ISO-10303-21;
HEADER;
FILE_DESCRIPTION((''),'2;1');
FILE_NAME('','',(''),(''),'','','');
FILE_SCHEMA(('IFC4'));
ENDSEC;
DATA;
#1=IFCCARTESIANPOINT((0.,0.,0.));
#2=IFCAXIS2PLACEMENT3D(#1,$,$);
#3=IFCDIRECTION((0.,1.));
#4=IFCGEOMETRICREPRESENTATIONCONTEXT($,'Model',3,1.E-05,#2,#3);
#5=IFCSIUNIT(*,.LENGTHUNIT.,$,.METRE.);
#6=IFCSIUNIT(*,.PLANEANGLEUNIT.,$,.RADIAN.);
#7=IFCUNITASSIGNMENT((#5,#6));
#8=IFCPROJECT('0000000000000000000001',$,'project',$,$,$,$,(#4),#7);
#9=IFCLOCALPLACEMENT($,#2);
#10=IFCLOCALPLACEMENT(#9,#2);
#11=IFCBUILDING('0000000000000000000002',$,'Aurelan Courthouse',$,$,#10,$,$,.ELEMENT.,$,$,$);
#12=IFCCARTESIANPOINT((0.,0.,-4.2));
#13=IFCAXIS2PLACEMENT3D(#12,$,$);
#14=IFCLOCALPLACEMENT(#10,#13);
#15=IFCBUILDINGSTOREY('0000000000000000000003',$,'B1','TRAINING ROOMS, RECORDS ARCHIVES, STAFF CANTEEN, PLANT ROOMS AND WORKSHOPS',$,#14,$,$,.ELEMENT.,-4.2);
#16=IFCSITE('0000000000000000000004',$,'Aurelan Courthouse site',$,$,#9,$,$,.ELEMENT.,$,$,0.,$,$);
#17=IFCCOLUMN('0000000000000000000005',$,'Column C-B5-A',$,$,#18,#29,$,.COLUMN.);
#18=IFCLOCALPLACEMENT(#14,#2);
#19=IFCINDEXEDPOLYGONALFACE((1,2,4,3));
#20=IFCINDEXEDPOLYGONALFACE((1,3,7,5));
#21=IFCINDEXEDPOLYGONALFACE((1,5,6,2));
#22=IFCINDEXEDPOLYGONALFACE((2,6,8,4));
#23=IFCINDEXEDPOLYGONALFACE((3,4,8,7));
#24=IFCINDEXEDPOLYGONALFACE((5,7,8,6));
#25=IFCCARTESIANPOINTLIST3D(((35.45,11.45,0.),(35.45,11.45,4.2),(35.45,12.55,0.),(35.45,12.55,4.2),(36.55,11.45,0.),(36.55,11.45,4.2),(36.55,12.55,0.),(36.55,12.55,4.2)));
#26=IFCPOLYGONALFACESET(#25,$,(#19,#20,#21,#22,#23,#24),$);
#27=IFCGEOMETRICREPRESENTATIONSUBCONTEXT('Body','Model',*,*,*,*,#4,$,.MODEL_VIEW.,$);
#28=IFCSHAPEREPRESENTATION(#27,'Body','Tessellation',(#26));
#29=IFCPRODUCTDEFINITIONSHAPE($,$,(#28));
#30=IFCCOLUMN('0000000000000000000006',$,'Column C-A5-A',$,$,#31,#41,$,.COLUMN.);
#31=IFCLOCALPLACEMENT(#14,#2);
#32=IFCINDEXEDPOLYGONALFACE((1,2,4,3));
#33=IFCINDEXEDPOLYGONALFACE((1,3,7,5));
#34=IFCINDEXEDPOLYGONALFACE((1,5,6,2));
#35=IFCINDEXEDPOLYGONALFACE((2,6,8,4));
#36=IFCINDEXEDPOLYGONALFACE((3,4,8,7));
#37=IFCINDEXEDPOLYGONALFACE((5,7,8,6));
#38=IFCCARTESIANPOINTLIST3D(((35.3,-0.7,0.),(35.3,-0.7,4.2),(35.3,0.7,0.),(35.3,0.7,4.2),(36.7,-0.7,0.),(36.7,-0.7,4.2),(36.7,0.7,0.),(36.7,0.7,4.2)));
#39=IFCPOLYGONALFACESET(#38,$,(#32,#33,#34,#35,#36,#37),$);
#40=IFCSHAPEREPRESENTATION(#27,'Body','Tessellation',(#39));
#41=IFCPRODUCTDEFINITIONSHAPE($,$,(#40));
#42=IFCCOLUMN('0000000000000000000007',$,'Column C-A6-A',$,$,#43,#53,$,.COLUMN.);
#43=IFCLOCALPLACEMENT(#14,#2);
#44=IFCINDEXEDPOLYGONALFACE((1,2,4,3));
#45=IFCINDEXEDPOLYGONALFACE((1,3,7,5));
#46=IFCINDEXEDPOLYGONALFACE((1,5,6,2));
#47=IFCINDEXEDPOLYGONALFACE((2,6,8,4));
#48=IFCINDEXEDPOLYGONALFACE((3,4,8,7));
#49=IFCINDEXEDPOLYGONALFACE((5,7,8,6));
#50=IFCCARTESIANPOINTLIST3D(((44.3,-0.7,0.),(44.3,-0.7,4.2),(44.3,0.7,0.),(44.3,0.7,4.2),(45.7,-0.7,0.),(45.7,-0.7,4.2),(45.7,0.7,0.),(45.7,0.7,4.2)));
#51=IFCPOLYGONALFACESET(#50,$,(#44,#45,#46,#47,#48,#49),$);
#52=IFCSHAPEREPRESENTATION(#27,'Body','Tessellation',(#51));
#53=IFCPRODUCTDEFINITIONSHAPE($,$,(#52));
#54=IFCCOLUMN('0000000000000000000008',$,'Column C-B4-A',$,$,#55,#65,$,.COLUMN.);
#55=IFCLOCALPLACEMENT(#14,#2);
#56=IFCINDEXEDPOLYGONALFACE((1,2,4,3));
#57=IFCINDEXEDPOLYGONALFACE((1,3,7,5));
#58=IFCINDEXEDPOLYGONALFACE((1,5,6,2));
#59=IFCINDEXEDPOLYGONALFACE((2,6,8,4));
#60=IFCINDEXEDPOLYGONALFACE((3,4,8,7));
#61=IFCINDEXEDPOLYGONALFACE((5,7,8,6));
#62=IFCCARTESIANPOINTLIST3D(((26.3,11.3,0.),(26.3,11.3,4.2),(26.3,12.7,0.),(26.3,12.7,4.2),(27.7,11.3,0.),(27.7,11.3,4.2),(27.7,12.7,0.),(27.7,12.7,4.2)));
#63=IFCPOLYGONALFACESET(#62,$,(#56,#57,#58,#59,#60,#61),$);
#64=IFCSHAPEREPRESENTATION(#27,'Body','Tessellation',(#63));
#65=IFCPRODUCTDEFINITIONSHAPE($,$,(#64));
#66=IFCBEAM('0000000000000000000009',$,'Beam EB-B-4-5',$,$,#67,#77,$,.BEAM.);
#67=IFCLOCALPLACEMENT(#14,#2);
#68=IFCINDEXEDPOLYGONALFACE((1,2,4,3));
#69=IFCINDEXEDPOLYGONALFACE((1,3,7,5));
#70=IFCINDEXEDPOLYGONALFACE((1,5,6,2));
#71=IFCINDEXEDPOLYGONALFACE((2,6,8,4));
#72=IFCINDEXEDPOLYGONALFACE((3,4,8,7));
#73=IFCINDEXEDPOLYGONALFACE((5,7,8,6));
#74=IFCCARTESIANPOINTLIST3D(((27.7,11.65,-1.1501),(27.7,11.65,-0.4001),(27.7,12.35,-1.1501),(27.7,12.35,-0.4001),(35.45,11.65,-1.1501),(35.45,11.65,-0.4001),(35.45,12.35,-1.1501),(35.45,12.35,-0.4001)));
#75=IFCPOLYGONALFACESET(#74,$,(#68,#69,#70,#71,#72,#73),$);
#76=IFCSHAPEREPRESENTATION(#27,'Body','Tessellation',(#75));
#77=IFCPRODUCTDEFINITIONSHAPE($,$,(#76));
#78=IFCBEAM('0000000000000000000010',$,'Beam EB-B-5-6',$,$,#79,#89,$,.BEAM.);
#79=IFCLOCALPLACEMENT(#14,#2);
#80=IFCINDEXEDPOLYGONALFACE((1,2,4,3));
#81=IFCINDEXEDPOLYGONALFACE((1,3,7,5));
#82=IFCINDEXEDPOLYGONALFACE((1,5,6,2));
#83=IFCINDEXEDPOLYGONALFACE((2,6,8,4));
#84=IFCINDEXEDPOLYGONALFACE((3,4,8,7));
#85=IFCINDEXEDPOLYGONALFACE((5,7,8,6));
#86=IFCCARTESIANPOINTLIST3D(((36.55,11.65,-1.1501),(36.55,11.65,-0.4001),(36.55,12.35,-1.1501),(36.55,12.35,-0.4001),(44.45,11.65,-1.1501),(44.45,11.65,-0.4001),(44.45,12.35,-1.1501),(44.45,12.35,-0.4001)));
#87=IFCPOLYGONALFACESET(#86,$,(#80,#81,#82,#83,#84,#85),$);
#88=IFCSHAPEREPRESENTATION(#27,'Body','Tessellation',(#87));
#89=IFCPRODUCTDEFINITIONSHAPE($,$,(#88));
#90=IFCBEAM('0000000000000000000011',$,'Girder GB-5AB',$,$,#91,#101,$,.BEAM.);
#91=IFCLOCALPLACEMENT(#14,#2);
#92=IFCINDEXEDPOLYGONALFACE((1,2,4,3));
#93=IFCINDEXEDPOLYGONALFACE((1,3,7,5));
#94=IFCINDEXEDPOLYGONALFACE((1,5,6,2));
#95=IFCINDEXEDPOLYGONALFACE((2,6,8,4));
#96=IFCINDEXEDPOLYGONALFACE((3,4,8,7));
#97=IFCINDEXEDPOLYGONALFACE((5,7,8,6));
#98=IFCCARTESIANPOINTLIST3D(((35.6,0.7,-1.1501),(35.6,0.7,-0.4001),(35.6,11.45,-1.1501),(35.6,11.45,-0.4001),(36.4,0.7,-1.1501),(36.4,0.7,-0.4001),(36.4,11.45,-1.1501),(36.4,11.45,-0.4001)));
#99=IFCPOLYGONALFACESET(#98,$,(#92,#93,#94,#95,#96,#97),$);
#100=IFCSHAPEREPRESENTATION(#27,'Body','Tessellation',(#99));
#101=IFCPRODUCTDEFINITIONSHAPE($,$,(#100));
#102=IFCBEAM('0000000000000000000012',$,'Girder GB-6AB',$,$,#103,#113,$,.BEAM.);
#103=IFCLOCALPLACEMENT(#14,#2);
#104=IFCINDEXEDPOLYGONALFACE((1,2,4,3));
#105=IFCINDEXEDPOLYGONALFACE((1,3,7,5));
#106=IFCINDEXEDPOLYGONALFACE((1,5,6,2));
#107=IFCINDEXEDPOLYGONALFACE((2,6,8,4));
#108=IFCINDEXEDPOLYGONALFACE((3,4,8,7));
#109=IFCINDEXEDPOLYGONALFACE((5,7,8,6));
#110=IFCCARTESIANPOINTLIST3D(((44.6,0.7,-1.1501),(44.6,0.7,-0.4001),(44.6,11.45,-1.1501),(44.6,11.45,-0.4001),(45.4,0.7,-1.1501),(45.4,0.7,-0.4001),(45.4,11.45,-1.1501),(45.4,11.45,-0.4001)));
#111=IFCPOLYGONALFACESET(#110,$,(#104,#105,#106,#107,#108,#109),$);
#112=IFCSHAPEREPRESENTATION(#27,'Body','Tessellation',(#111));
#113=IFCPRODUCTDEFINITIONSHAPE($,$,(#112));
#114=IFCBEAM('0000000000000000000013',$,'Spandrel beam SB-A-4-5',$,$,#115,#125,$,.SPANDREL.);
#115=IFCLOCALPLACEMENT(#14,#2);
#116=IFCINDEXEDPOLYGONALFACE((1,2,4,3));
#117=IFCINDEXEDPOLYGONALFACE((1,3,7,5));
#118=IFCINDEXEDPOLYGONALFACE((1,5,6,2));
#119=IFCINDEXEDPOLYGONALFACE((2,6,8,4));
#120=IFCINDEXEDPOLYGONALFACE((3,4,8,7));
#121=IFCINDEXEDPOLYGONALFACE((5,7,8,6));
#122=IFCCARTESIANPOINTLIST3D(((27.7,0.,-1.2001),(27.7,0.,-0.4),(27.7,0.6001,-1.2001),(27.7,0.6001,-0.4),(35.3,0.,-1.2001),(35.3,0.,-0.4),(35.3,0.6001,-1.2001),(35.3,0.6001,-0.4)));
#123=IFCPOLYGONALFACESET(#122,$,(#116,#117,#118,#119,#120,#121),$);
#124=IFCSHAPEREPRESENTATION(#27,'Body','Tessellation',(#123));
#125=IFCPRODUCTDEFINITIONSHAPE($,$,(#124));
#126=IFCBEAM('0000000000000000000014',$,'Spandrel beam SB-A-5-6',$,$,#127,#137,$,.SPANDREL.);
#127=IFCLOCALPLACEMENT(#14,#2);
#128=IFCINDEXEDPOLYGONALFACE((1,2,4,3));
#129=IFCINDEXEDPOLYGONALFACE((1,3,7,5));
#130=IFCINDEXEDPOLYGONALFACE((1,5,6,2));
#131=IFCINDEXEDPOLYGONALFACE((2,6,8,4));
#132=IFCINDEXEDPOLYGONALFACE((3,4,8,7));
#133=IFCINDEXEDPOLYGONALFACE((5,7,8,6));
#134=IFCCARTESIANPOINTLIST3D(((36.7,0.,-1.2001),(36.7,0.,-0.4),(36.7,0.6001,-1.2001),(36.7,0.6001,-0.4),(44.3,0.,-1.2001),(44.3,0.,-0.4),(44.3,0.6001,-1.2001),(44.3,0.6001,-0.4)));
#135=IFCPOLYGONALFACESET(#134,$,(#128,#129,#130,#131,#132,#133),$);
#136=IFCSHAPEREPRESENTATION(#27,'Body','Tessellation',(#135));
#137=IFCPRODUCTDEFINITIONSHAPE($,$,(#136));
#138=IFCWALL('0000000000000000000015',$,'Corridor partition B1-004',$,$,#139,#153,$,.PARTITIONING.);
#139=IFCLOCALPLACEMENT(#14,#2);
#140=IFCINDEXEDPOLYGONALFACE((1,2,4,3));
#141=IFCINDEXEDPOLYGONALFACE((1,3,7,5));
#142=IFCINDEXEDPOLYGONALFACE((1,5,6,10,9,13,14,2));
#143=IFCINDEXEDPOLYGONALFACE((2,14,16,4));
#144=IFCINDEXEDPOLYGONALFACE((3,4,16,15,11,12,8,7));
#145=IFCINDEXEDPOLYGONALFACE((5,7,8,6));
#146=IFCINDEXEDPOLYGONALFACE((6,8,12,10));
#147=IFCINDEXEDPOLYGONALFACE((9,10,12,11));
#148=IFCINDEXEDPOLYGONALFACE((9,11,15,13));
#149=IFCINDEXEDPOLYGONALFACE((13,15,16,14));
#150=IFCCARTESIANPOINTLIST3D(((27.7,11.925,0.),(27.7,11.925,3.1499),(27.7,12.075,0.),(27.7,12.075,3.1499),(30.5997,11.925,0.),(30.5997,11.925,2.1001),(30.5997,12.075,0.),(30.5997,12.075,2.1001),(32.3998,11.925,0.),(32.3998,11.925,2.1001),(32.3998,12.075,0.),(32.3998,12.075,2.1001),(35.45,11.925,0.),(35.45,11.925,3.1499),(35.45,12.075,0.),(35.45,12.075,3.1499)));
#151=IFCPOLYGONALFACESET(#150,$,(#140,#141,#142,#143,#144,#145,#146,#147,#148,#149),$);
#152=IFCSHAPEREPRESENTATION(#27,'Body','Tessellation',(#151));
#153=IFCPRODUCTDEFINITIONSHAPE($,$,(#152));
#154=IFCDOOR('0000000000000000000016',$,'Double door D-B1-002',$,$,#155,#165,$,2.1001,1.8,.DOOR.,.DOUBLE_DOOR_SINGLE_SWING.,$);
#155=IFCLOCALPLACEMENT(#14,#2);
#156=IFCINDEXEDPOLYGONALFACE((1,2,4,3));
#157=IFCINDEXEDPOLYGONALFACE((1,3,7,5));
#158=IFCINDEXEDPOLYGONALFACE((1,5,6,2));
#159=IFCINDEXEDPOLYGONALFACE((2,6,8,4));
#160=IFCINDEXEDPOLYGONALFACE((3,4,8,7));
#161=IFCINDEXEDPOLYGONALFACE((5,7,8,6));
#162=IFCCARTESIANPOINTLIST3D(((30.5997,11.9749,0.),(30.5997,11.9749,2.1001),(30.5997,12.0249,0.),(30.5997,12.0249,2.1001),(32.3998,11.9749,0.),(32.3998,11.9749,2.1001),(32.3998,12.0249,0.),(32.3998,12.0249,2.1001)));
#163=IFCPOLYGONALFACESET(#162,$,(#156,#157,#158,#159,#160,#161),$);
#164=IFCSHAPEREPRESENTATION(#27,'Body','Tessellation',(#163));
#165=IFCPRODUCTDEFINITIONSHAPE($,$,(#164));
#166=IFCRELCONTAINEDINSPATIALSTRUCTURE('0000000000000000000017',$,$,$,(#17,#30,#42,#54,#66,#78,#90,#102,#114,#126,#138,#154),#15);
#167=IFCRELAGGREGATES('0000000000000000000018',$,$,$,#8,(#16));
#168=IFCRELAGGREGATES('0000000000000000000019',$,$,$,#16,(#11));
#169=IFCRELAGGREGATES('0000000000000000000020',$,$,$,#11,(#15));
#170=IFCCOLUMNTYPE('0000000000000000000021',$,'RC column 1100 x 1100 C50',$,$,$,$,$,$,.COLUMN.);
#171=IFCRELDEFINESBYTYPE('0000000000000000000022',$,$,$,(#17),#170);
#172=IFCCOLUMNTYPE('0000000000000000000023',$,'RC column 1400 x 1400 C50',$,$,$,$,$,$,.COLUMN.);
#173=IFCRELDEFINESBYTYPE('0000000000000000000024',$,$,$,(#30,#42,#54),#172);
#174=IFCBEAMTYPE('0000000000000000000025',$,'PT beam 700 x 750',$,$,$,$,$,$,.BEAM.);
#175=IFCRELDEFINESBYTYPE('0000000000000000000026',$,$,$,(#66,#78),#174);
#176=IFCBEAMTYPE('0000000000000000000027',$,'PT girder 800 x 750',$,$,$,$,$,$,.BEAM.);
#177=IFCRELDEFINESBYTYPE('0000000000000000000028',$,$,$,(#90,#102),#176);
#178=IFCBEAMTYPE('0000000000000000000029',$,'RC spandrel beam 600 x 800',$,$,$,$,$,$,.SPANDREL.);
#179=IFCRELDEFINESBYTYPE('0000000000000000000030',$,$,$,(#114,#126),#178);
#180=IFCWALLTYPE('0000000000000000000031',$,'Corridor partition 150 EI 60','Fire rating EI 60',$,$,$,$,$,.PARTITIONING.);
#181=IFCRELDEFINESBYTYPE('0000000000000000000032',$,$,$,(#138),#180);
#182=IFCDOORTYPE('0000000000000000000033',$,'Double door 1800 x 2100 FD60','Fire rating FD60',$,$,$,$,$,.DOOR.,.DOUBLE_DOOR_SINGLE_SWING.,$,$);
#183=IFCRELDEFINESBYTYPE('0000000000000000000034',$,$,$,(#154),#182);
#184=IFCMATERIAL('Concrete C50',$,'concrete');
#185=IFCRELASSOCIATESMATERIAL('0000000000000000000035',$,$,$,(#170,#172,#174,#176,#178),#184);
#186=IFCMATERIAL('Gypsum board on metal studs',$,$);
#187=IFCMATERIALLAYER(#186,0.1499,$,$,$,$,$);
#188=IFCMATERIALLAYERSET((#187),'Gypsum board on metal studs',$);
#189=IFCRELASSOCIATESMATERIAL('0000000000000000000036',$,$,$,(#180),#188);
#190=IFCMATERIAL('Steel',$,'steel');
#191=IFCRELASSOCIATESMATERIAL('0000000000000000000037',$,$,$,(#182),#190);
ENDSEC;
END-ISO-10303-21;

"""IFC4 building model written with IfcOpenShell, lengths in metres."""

from ifc_helpers import new_model, si_unit, direction, frame, frame_2d, origin, origin_2d, place, context, subcontext, project, spatial, rectangle, extrude, material, layer, layer_set, material_profile, profile_set, type_object, element, fill, save


model = new_model("IFC4")

# Units and contexts
model_context = context("Model", 3, precision=1e-05, world=origin(), true_north=direction((0.0, 1.0)))
body_context = subcontext(model_context, "Body", "Model", "MODEL_VIEW")
ifc_project = project(units=[si_unit("LENGTHUNIT", "METRE"), si_unit("PLANEANGLEUNIT", "RADIAN")], contexts=[model_context])

# Site, building, storey
site_placement = place(None, origin())
site = spatial("IfcSite", under=ifc_project, at=site_placement, Name="Aurelan Courthouse site", CompositionType="ELEMENT", RefElevation=0.0)
building_placement = place(site_placement, origin())
building = spatial("IfcBuilding", under=site, at=building_placement, Name="Aurelan Courthouse", CompositionType="ELEMENT")
storey_placement = place(building_placement, frame((0.0, 0.0, -4.2)))
storey = spatial("IfcBuildingStorey", under=building, at=storey_placement, Name="B1", Description="TRAINING ROOMS, RECORDS ARCHIVES, STAFF CANTEEN, PLANT ROOMS AND WORKSHOPS", CompositionType="ELEMENT", Elevation=-4.2)

# Columns
ifc_material_1 = material(Name="Concrete C50", Category="concrete")
ifc_material_profile_1 = material_profile(ifc_material_1, rectangle(XDim=1.1001, YDim=1.1001, at=origin_2d()), Name="RC 1100 x 1100")
ifc_profile_set_1 = profile_set([ifc_material_profile_1], Name="Concrete C50")
column_type_1 = type_object("IfcColumnType", Name="RC column 1100 x 1100 C50", PredefinedType="COLUMN", material=ifc_profile_set_1)
column_placement = place(storey_placement, frame((36.0, 12.0, 0.0), z_axis=(0.0, 0.0, 1.0), x_axis=(1.0, 0.0, 0.0)))
element("IfcColumn", 1, at=column_placement, inside=storey, type_object=column_type_1, Name="Column C-B5-A", PredefinedType="COLUMN", context=body_context, shape_type="SweptSolid", body=[
    extrude(rectangle(XDim=1.1001, YDim=1.1001, at=origin_2d()), origin(), (0.0, 0.0, 1.0), 4.2),
])
ifc_material_profile_2 = material_profile(ifc_material_1, rectangle(XDim=1.3999, YDim=1.3999, at=origin_2d()), Name="RC 1400 x 1400")
ifc_profile_set_2 = profile_set([ifc_material_profile_2], Name="Concrete C50")
column_type_2 = type_object("IfcColumnType", Name="RC column 1400 x 1400 C50", PredefinedType="COLUMN", material=ifc_profile_set_2)
for number, where, z_axis, x_axis, name in (
    (2, (36.0, 0.0, 0.0), (0.0, 0.0, 1.0), (1.0, 0.0, 0.0), "Column C-A5-A"),
    (3, (45.0, 0.0, 0.0), (0.0, 0.0, 1.0), (1.0, 0.0, 0.0), "Column C-A6-A"),
    (4, (27.0, 12.0, 0.0), (0.0, 0.0, 1.0), (1.0, 0.0, 0.0), "Column C-B4-A"),
):
    element("IfcColumn", number, at=place(storey_placement, frame(where, z_axis=z_axis, x_axis=x_axis)), inside=storey, type_object=column_type_2, Name=name, PredefinedType="COLUMN", context=body_context, shape_type="SweptSolid", body=[
        extrude(rectangle(XDim=1.3999, YDim=1.3999, at=origin_2d()), origin(), (0.0, 0.0, 1.0), 4.2),
    ])

# Beams
ifc_material_profile_3 = material_profile(ifc_material_1, rectangle(XDim=0.7, YDim=0.75, at=origin_2d()), Name="RC 700 x 750")
ifc_profile_set_3 = profile_set([ifc_material_profile_3], Name="Concrete C50")
beam_type_1 = type_object("IfcBeamType", Name="PT beam 700 x 750", PredefinedType="BEAM", material=ifc_profile_set_3)
beam_1_placement = place(storey_placement, frame((27.7, 12.0, -0.7751), z_axis=(1.0, 0.0, 0.0), x_axis=(0.0, 1.0, 0.0)))
element("IfcBeam", 5, at=beam_1_placement, inside=storey, type_object=beam_type_1, Name="Beam EB-B-4-5", PredefinedType="BEAM", context=body_context, shape_type="SweptSolid", body=[
    extrude(rectangle(XDim=0.7, YDim=0.75, at=origin_2d()), origin(), (0.0, 0.0, 1.0), 7.75),
])
beam_2_placement = place(storey_placement, frame((36.55, 12.0, -0.7751), z_axis=(1.0, 0.0, 0.0), x_axis=(0.0, 1.0, 0.0)))
element("IfcBeam", 6, at=beam_2_placement, inside=storey, type_object=beam_type_1, Name="Beam EB-B-5-6", PredefinedType="BEAM", context=body_context, shape_type="SweptSolid", body=[
    extrude(rectangle(XDim=0.7, YDim=0.75, at=origin_2d()), origin(), (0.0, 0.0, 1.0), 7.8999),
])
ifc_material_profile_4 = material_profile(ifc_material_1, rectangle(XDim=0.8, YDim=0.75, at=origin_2d()), Name="RC 800 x 750")
ifc_profile_set_4 = profile_set([ifc_material_profile_4], Name="Concrete C50")
beam_type_2 = type_object("IfcBeamType", Name="PT girder 800 x 750", PredefinedType="BEAM", material=ifc_profile_set_4)
for number, where, z_axis, x_axis, name in (
    (7, (36.0, 0.7, -0.7751), (0.0, 1.0, 0.0), (-1.0, 0.0, 0.0), "Girder GB-5AB"),
    (8, (45.0, 0.7, -0.7751), (0.0, 1.0, 0.0), (-1.0, 0.0, 0.0), "Girder GB-6AB"),
):
    element("IfcBeam", number, at=place(storey_placement, frame(where, z_axis=z_axis, x_axis=x_axis)), inside=storey, type_object=beam_type_2, Name=name, PredefinedType="BEAM", context=body_context, shape_type="SweptSolid", body=[
        extrude(rectangle(XDim=0.8, YDim=0.75, at=origin_2d()), origin(), (0.0, 0.0, 1.0), 10.75),
    ])
ifc_material_profile_5 = material_profile(ifc_material_1, rectangle(XDim=0.6001, YDim=0.8, at=origin_2d()), Name="RC 600 x 800")
ifc_profile_set_5 = profile_set([ifc_material_profile_5], Name="Concrete C50")
beam_type_3 = type_object("IfcBeamType", Name="RC spandrel beam 600 x 800", PredefinedType="SPANDREL", material=ifc_profile_set_5)
for number, where, z_axis, x_axis, name in (
    (9, (27.7, 0.3, -0.8), (1.0, 0.0, 0.0), (0.0, 1.0, 0.0), "Spandrel beam SB-A-4-5"),
    (10, (36.7, 0.3, -0.8), (1.0, 0.0, 0.0), (0.0, 1.0, 0.0), "Spandrel beam SB-A-5-6"),
):
    element("IfcBeam", number, at=place(storey_placement, frame(where, z_axis=z_axis, x_axis=x_axis)), inside=storey, type_object=beam_type_3, Name=name, PredefinedType="SPANDREL", context=body_context, shape_type="SweptSolid", body=[
        extrude(rectangle(XDim=0.6001, YDim=0.8, at=origin_2d()), origin(), (0.0, 0.0, 1.0), 7.6001),
    ])

# Wall, opening, door
ifc_material_2 = material(Name="Gypsum board on metal studs")
ifc_layer_1 = layer(ifc_material_2, 0.1499)
ifc_layer_set_1 = layer_set([ifc_layer_1], Name="Gypsum board on metal studs")
wall_type_1 = type_object("IfcWallType", Name="Corridor partition 150 EI 60", Description="Fire rating EI 60", PredefinedType="PARTITIONING", material=ifc_layer_set_1)
wall_1_placement = place(storey_placement, frame((27.7, 12.0, 0.0), z_axis=(0.0, 0.0, 1.0), x_axis=(1.0, 0.0, 0.0)))
wall_1 = element("IfcWall", 11, at=wall_1_placement, inside=storey, type_object=wall_type_1, Name="Corridor partition B1-004", PredefinedType="PARTITIONING", context=body_context, shape_type="SweptSolid", body=[
    extrude(rectangle(XDim=7.75, YDim=0.1499, at=frame_2d((3.875, 0.0))), origin(), (0.0, 0.0, 1.0), 3.1499),
])
opening_1_placement = place(wall_1_placement, frame((2.8999, 0.0, 0.0)))
opening_1 = element("IfcOpeningElement", 12, at=opening_1_placement, cuts=wall_1, PredefinedType="OPENING", context=body_context, shape_type="SweptSolid", body=[
    extrude(rectangle(XDim=1.8, YDim=2.1001, at=frame_2d((0.8999, 1.05))), frame((0.0, 0.085, 0.0), z_axis=(0.0, -1.0, 0.0), x_axis=(1.0, 0.0, 0.0)), (0.0, 0.0, 1.0), 0.1699),
])
ifc_material_3 = material(Name="Steel", Category="steel")
door_type_1 = type_object("IfcDoorType", Name="Double door 1800 x 2100 FD60", Description="Fire rating FD60", OperationType="DOUBLE_DOOR_SINGLE_SWING", PredefinedType="DOOR", material=ifc_material_3)
door_1_placement = place(opening_1_placement, origin())
door_1 = element("IfcDoor", 13, at=door_1_placement, inside=storey, type_object=door_type_1, Name="Double door D-B1-002", OperationType="DOUBLE_DOOR_SINGLE_SWING", OverallHeight=2.1001, OverallWidth=1.8, PredefinedType="DOOR", context=body_context, shape_type="SweptSolid", body=[
    extrude(rectangle(XDim=1.8, YDim=2.1001, at=frame_2d((0.8999, 1.05))), frame((0.0, 0.0249, 0.0), z_axis=(0.0, -1.0, 0.0), x_axis=(1.0, 0.0, 0.0)), (0.0, 0.0, 1.0), 0.05),
])
fill(opening_1, door_1)

save(model, "model.ifc")
